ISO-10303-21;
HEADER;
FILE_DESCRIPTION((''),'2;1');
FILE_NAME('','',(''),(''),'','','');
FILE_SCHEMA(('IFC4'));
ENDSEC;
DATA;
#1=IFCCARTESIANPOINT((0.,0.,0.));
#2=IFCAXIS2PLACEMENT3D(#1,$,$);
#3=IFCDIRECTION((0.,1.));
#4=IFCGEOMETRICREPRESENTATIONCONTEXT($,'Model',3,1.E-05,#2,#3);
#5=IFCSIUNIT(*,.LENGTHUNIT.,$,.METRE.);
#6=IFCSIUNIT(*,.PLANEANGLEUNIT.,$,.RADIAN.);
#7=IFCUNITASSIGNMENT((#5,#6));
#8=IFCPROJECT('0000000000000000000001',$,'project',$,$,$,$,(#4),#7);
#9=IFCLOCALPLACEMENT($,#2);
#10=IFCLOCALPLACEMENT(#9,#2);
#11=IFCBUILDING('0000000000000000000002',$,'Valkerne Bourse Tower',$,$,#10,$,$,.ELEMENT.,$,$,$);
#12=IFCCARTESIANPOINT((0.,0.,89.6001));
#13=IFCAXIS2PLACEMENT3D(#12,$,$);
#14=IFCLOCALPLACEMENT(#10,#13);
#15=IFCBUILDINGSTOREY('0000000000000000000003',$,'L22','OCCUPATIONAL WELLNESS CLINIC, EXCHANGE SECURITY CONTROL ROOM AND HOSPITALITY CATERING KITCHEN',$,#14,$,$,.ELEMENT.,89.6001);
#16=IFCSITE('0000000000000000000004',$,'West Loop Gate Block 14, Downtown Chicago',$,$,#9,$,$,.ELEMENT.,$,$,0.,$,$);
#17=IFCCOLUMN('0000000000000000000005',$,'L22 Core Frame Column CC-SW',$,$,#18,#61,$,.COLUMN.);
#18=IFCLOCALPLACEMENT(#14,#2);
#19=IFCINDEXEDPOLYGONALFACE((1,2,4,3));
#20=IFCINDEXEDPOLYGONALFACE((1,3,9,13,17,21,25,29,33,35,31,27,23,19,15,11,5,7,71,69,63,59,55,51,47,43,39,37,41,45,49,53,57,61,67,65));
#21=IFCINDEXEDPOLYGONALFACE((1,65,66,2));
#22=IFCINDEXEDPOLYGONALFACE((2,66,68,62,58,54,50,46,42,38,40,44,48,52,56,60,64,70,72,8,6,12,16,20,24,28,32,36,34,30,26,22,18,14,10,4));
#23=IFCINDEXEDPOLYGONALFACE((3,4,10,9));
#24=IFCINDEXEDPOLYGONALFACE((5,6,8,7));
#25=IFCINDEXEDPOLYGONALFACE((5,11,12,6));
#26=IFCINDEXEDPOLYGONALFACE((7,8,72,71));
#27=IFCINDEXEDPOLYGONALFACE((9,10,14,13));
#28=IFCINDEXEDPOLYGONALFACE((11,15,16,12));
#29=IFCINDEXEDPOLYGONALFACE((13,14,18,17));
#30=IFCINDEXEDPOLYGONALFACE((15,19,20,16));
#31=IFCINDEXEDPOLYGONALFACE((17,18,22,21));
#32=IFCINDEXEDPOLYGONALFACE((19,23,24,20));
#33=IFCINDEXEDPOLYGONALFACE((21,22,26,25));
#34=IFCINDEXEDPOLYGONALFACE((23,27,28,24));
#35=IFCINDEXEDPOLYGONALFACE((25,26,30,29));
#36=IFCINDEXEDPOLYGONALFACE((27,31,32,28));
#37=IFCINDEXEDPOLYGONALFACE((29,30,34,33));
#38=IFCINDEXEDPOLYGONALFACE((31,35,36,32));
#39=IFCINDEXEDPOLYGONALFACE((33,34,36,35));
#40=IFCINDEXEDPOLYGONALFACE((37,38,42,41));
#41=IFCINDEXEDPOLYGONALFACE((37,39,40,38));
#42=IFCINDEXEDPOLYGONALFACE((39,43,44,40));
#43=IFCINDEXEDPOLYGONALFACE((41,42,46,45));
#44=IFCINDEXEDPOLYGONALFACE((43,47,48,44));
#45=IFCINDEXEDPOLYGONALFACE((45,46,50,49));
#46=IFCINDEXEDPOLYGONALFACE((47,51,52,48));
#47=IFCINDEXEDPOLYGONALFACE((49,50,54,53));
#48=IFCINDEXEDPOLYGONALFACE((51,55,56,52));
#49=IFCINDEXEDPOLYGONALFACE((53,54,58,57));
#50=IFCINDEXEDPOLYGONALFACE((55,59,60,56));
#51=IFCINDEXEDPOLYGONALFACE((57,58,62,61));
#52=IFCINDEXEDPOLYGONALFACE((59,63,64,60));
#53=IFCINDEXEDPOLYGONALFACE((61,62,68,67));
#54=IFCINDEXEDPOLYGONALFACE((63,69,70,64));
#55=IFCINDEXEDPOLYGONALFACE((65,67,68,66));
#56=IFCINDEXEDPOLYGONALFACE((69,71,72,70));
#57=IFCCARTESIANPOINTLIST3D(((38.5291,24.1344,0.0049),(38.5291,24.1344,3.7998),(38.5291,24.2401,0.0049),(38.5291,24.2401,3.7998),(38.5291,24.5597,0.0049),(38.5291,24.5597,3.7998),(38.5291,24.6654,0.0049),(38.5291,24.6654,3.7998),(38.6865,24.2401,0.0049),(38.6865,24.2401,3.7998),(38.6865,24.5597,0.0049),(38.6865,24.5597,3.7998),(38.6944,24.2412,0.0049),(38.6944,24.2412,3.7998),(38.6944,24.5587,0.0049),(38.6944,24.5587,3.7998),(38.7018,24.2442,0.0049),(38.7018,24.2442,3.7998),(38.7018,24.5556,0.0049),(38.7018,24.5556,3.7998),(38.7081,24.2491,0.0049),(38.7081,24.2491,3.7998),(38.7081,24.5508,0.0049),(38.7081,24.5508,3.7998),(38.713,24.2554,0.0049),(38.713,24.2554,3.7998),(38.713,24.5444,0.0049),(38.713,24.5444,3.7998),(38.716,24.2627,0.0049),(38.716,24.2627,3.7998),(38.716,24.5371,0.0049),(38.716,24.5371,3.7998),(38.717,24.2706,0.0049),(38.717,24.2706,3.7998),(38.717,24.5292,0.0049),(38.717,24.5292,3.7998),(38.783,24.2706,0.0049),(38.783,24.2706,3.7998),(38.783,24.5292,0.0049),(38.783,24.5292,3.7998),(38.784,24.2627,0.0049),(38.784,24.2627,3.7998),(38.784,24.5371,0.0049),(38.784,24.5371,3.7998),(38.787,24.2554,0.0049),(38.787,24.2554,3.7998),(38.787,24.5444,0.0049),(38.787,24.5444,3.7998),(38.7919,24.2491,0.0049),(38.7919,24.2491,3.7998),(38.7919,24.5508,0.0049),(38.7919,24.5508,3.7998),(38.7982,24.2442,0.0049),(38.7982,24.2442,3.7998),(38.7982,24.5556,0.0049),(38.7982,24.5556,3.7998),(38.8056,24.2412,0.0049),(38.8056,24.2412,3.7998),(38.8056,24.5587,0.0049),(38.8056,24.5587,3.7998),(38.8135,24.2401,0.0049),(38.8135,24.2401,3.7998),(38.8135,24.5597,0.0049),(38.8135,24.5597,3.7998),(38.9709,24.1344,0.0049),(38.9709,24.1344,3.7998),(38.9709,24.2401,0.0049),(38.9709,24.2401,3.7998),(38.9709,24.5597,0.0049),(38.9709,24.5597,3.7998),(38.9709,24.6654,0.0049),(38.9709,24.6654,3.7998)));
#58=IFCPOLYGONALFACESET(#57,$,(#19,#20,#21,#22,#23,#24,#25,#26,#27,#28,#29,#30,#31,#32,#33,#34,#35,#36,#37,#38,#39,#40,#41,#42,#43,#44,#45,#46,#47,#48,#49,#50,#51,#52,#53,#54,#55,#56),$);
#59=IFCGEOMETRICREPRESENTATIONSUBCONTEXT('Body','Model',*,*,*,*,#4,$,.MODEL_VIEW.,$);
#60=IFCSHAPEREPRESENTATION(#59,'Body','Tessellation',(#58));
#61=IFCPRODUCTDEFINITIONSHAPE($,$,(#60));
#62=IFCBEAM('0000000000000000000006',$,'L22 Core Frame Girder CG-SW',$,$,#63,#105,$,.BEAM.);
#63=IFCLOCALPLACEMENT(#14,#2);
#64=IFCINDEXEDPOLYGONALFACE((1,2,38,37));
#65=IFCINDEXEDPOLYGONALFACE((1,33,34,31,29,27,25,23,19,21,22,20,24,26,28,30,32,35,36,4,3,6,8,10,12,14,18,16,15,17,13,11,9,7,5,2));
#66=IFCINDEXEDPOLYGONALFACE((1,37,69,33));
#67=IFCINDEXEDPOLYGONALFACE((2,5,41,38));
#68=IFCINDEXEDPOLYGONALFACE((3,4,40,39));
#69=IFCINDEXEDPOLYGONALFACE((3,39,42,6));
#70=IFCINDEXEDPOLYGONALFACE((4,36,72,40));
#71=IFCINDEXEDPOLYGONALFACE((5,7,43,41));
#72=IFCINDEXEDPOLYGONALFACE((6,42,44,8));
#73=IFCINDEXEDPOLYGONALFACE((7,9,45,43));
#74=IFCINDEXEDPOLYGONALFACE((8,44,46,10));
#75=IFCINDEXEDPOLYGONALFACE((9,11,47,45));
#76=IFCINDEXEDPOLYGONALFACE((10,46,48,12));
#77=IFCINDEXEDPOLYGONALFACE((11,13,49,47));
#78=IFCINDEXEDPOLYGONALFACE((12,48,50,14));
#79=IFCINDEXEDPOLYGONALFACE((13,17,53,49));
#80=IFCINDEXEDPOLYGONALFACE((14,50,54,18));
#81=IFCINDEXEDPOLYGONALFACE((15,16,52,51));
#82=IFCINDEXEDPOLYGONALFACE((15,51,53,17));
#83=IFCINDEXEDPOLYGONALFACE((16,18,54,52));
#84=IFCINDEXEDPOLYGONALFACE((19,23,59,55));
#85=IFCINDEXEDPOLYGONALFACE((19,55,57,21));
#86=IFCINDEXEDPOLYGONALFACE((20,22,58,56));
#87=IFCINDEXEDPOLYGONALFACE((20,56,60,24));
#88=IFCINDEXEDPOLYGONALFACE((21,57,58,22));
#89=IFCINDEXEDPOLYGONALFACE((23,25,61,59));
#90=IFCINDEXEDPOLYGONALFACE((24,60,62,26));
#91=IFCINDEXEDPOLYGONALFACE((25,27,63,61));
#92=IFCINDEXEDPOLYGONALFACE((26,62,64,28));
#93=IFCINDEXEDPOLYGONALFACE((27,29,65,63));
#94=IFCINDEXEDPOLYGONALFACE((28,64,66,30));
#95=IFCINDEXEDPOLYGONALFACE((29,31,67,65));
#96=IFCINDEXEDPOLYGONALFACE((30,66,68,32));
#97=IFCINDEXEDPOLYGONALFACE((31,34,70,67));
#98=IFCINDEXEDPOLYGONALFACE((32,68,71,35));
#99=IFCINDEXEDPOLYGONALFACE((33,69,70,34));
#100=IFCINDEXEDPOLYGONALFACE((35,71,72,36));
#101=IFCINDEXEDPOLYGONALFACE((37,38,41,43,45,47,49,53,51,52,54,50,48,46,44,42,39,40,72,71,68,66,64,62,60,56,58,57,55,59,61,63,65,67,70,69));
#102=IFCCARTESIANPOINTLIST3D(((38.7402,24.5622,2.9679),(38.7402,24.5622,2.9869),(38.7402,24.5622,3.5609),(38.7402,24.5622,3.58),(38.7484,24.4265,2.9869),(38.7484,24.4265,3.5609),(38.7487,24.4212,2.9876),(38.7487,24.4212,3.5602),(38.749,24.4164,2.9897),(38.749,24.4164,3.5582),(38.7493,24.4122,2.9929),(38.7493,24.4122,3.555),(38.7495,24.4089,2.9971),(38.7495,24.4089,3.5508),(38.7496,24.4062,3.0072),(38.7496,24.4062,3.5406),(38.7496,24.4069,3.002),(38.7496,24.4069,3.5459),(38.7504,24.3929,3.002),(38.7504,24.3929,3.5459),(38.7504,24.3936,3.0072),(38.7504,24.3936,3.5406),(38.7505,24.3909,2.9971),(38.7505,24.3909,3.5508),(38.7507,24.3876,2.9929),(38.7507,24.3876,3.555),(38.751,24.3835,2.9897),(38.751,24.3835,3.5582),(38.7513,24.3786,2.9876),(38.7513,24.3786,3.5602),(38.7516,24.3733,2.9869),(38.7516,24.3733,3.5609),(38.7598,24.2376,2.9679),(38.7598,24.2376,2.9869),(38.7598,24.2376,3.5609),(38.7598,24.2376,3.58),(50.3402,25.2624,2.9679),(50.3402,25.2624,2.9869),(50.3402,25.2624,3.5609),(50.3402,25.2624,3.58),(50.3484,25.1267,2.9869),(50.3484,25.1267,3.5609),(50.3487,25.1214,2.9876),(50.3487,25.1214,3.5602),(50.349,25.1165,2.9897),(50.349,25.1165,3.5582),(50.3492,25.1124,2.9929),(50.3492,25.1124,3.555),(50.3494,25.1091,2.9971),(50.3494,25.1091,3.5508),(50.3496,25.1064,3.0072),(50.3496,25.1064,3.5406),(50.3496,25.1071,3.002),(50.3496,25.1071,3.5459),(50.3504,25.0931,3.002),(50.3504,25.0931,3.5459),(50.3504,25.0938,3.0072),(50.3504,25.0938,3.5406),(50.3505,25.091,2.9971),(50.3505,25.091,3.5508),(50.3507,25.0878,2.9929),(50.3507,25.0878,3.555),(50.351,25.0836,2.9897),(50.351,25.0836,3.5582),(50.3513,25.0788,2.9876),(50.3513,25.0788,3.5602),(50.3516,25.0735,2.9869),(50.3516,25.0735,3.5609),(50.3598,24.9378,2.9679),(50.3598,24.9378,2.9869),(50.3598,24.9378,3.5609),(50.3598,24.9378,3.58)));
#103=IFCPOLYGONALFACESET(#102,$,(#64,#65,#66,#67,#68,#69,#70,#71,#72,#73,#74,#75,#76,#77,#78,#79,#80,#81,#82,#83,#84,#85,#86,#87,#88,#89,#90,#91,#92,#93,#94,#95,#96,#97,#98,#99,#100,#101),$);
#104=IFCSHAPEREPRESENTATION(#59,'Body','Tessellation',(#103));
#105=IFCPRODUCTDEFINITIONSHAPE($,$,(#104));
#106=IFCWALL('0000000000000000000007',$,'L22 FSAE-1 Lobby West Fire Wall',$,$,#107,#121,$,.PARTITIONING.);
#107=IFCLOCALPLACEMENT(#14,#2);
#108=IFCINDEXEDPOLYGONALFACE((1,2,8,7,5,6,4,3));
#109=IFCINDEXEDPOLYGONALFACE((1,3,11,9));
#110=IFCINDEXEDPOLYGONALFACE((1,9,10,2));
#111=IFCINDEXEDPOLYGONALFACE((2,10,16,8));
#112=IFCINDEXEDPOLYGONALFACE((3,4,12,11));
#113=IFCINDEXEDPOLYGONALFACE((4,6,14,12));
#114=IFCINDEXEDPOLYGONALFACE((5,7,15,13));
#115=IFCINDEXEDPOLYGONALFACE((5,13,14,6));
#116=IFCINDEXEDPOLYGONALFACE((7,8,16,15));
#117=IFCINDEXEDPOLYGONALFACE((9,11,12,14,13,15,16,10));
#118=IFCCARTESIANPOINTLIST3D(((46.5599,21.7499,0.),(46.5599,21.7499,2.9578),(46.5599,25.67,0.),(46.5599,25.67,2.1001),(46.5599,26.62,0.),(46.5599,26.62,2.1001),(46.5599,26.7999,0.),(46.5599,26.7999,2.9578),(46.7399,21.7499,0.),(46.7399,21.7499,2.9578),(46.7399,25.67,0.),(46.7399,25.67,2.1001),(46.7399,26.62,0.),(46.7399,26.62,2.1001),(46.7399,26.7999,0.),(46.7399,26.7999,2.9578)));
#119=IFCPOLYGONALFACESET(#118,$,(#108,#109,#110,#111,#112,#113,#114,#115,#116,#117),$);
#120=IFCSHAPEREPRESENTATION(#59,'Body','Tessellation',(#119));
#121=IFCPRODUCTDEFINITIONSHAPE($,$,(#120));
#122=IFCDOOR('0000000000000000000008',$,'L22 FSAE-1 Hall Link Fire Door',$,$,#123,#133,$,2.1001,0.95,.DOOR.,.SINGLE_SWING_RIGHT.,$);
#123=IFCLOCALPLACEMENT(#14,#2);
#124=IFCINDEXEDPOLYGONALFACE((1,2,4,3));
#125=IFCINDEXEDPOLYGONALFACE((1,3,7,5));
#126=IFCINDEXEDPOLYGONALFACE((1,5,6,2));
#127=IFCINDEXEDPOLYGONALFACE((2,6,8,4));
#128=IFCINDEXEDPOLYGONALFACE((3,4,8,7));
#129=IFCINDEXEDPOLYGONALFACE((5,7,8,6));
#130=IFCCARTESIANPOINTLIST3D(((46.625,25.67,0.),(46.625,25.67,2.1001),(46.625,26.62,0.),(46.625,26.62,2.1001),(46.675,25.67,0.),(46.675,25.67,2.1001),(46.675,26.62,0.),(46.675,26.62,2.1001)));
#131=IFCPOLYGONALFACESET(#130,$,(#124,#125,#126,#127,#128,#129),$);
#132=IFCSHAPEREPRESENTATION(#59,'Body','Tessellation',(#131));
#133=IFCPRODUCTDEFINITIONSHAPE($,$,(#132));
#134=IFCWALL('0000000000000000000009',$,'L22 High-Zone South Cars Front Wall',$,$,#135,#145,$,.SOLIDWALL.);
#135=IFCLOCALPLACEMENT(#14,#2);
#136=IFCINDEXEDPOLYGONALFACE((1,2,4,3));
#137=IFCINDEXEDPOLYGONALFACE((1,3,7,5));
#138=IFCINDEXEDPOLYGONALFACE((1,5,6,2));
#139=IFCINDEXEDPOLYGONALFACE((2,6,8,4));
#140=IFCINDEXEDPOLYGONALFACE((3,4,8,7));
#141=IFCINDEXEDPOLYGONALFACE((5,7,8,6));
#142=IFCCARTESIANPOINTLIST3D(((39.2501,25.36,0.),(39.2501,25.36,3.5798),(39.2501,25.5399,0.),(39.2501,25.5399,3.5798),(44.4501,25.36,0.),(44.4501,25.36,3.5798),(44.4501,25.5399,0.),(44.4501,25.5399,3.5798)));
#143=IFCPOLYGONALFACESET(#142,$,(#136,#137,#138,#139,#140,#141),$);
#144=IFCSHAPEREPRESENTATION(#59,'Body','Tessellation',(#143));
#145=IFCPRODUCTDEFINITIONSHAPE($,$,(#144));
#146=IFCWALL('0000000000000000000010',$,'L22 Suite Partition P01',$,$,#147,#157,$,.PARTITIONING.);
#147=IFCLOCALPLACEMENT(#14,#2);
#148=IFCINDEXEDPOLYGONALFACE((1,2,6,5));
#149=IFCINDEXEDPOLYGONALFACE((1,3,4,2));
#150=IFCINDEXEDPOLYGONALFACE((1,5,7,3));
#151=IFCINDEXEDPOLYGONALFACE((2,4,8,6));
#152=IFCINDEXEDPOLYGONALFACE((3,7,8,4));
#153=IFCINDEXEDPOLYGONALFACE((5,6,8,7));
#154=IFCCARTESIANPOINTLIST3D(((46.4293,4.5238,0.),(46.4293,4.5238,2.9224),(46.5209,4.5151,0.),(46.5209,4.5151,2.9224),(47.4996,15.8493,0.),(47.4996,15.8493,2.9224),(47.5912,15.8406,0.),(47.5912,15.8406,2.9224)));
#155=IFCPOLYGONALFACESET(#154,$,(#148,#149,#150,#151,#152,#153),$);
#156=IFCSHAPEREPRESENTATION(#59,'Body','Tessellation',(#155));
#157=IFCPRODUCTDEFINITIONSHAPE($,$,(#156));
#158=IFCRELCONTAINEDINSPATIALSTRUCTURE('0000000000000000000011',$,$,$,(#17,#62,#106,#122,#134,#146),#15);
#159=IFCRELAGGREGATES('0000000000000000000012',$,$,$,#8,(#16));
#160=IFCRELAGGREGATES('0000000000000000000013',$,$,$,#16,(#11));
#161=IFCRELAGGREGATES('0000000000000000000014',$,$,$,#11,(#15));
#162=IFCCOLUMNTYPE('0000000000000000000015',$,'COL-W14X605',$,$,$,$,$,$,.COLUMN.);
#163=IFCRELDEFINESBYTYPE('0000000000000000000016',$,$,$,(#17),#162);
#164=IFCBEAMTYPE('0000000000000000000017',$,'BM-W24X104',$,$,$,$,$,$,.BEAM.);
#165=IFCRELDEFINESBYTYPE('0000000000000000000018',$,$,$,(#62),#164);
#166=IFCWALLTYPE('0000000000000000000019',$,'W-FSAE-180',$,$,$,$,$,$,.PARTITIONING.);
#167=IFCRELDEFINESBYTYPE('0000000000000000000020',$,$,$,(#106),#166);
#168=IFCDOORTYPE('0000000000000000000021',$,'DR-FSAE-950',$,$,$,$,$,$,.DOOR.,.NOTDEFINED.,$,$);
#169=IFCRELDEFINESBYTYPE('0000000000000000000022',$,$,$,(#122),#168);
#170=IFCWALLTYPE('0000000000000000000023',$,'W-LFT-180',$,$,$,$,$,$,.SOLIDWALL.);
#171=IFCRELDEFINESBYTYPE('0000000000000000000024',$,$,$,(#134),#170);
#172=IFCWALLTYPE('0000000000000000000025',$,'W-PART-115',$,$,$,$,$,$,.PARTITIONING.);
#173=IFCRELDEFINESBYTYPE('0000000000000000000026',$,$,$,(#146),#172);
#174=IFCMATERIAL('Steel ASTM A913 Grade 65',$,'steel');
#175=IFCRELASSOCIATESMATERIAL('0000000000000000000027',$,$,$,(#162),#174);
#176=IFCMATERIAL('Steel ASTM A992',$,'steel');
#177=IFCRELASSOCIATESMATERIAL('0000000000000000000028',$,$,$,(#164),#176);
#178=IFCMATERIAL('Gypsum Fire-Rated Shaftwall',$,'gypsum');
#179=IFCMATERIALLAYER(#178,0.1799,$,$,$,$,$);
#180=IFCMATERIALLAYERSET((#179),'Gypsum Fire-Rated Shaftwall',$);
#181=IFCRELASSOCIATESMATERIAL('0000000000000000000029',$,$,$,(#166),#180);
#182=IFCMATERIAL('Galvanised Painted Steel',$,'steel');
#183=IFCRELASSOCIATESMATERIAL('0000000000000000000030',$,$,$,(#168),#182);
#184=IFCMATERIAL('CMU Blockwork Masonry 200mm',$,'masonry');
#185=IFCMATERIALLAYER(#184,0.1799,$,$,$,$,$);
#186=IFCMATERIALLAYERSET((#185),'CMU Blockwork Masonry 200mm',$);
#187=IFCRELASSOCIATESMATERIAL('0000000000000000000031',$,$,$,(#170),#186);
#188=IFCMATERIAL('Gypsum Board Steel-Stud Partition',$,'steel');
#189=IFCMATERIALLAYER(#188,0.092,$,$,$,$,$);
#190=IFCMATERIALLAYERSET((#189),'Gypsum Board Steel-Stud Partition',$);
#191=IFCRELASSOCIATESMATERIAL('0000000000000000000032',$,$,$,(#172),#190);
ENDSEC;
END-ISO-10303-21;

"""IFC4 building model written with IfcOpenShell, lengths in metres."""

from ifc_helpers import new_model, si_unit, direction, frame, frame_2d, origin, origin_2d, place, context, subcontext, project, spatial, rectangle, i_section, extrude, material, layer, layer_set, material_profile, profile_set, type_object, element, fill, save


model = new_model("IFC4")

# Units and contexts
model_context = context("Model", 3, precision=1e-05, world=origin(), true_north=direction((0.0, 1.0)))
body_context = subcontext(model_context, "Body", "Model", "MODEL_VIEW")
ifc_project = project(units=[si_unit("LENGTHUNIT", "METRE"), si_unit("PLANEANGLEUNIT", "RADIAN")], contexts=[model_context])

# Site, building, storey
site_placement = place(None, origin())
site = spatial("IfcSite", under=ifc_project, at=site_placement, Name="West Loop Gate Block 14, Downtown Chicago", CompositionType="ELEMENT", RefElevation=0.0)
building_placement = place(site_placement, origin())
building = spatial("IfcBuilding", under=site, at=building_placement, Name="Valkerne Bourse Tower", CompositionType="ELEMENT")
storey_placement = place(building_placement, frame((0.0, 0.0, 89.6001)))
storey = spatial("IfcBuildingStorey", under=building, at=storey_placement, Name="L22", Description="OCCUPATIONAL WELLNESS CLINIC, EXCHANGE SECURITY CONTROL ROOM AND HOSPITALITY CATERING KITCHEN", CompositionType="ELEMENT", Elevation=89.6001)

# Column
ifc_material_1 = material(Name="Steel ASTM A913 Grade 65", Category="steel")
ifc_material_profile_1 = material_profile(ifc_material_1, i_section(OverallWidth=0.4419, OverallDepth=0.531, WebThickness=0.0659, FlangeThickness=0.1057, FilletRadius=0.0305, at=origin_2d()), Name="W14X605")
ifc_profile_set_1 = profile_set([ifc_material_profile_1], Name="Steel ASTM A913 Grade 65")
column_type = type_object("IfcColumnType", Name="COL-W14X605", PredefinedType="COLUMN", material=ifc_profile_set_1)
column_placement = place(storey_placement, frame((38.75, 24.3999, 0.0049), z_axis=(0.0, 0.0, 1.0), x_axis=(1.0, 0.0, 0.0)))
element("IfcColumn", 1, at=column_placement, inside=storey, type_object=column_type, Name="L22 Core Frame Column CC-SW", PredefinedType="COLUMN", context=body_context, shape_type="SweptSolid", body=[
    extrude(i_section(OverallWidth=0.4419, OverallDepth=0.531, WebThickness=0.0659, FlangeThickness=0.1057, FilletRadius=0.0305, at=origin_2d()), origin(), (0.0, 0.0, 1.0), 3.7949),
])

# Beam
ifc_material_2 = material(Name="Steel ASTM A992", Category="steel")
ifc_material_profile_2 = material_profile(ifc_material_2, i_section(OverallWidth=0.3252, OverallDepth=0.6121, WebThickness=0.0127, FlangeThickness=0.019, FilletRadius=0.0203, at=origin_2d()), Name="W24X104")
ifc_profile_set_2 = profile_set([ifc_material_profile_2], Name="Steel ASTM A992")
beam_type = type_object("IfcBeamType", Name="BM-W24X104", PredefinedType="BEAM", material=ifc_profile_set_2)
beam_placement = place(storey_placement, frame((38.75, 24.3999, 3.2739), z_axis=(0.998183, 0.060251, 0.0), x_axis=(-0.060251, 0.998183, 0.0)))
element("IfcBeam", 2, at=beam_placement, inside=storey, type_object=beam_type, Name="L22 Core Frame Girder CG-SW", PredefinedType="BEAM", context=body_context, shape_type="SweptSolid", body=[
    extrude(i_section(OverallWidth=0.3252, OverallDepth=0.6121, WebThickness=0.0127, FlangeThickness=0.019, FilletRadius=0.0203, at=origin_2d()), origin(), (0.0, 0.0, 1.0), 11.6211),
])

# Wall, opening, door
ifc_material_3 = material(Name="Gypsum Fire-Rated Shaftwall", Category="gypsum")
ifc_layer_1 = layer(ifc_material_3, 0.1799)
ifc_layer_set_1 = layer_set([ifc_layer_1], Name="Gypsum Fire-Rated Shaftwall")
wall_type_1 = type_object("IfcWallType", Name="W-FSAE-180", PredefinedType="PARTITIONING", material=ifc_layer_set_1)
wall_1_placement = place(storey_placement, frame((46.6499, 21.75, 0.0), z_axis=(0.0, 0.0, 1.0), x_axis=(0.0, 1.0, 0.0)))
wall_1 = element("IfcWall", 3, at=wall_1_placement, inside=storey, type_object=wall_type_1, Name="L22 FSAE-1 Lobby West Fire Wall", PredefinedType="PARTITIONING", context=body_context, shape_type="SweptSolid", body=[
    extrude(rectangle(XDim=5.05, YDim=0.1799, at=frame_2d((2.5249, 0.0))), origin(), (0.0, 0.0, 1.0), 2.9578),
])
opening_1_placement = place(wall_1_placement, frame((3.9199, 0.0, 0.0)))
opening_1 = element("IfcOpeningElement", 4, at=opening_1_placement, cuts=wall_1, PredefinedType="OPENING", context=body_context, shape_type="SweptSolid", body=[
    extrude(rectangle(XDim=0.95, YDim=2.1001, at=frame_2d((0.4751, 1.05))), frame((0.0, 0.0999, 0.0), z_axis=(0.0, -1.0, 0.0), x_axis=(1.0, 0.0, 0.0)), (0.0, 0.0, 1.0), 0.2),
])
ifc_material_4 = material(Name="Galvanised Painted Steel", Category="steel")
door_type_1 = type_object("IfcDoorType", Name="DR-FSAE-950", OperationType="NOTDEFINED", PredefinedType="DOOR", material=ifc_material_4)
door_1_placement = place(opening_1_placement, origin())
door_1 = element("IfcDoor", 5, at=door_1_placement, inside=storey, type_object=door_type_1, Name="L22 FSAE-1 Hall Link Fire Door", OperationType="SINGLE_SWING_RIGHT", OverallHeight=2.1001, OverallWidth=0.95, PredefinedType="DOOR", context=body_context, shape_type="SweptSolid", body=[
    extrude(rectangle(XDim=0.95, YDim=2.1001, at=frame_2d((0.4751, 1.05))), frame((0.0, 0.0249, 0.0), z_axis=(0.0, -1.0, 0.0), x_axis=(1.0, 0.0, 0.0)), (0.0, 0.0, 1.0), 0.05),
])
fill(opening_1, door_1)

# Shared definitions
ifc_material_5 = material(Name="CMU Blockwork Masonry 200mm", Category="masonry")
ifc_layer_2 = layer(ifc_material_5, 0.1799)
ifc_layer_set_2 = layer_set([ifc_layer_2], Name="CMU Blockwork Masonry 200mm")
wall_type_2 = type_object("IfcWallType", Name="W-LFT-180", PredefinedType="SOLIDWALL", material=ifc_layer_set_2)

# Walls
wall_2_placement = place(storey_placement, frame((39.25, 25.45, 0.0), z_axis=(0.0, 0.0, 1.0), x_axis=(1.0, 0.0, 0.0)))
element("IfcWall", 6, at=wall_2_placement, inside=storey, type_object=wall_type_2, Name="L22 High-Zone South Cars Front Wall", PredefinedType="SOLIDWALL", context=body_context, shape_type="SweptSolid", body=[
    extrude(rectangle(XDim=5.2, YDim=0.1799, at=frame_2d((2.6001, 0.0))), origin(), (0.0, 0.0, 1.0), 3.5798),
])
ifc_material_6 = material(Name="Gypsum Board Steel-Stud Partition", Category="steel")
ifc_layer_3 = layer(ifc_material_6, 0.092)
ifc_layer_set_3 = layer_set([ifc_layer_3], Name="Gypsum Board Steel-Stud Partition")
wall_type_3 = type_object("IfcWallType", Name="W-PART-115", PredefinedType="PARTITIONING", material=ifc_layer_set_3)
wall_3_placement = place(storey_placement, frame((47.5454, 15.845, 0.0), z_axis=(0.0, 0.0, 1.0), x_axis=(-0.094086, -0.995564, 0.0)))
element("IfcWall", 7, at=wall_3_placement, inside=storey, type_object=wall_type_3, Name="L22 Suite Partition P01", PredefinedType="PARTITIONING", context=body_context, shape_type="SweptSolid", body=[
    extrude(rectangle(XDim=11.376, YDim=0.092, at=frame_2d((5.688, 0.0))), origin(), (0.0, 0.0, 1.0), 2.9224),
])

save(model, "model.ifc")
